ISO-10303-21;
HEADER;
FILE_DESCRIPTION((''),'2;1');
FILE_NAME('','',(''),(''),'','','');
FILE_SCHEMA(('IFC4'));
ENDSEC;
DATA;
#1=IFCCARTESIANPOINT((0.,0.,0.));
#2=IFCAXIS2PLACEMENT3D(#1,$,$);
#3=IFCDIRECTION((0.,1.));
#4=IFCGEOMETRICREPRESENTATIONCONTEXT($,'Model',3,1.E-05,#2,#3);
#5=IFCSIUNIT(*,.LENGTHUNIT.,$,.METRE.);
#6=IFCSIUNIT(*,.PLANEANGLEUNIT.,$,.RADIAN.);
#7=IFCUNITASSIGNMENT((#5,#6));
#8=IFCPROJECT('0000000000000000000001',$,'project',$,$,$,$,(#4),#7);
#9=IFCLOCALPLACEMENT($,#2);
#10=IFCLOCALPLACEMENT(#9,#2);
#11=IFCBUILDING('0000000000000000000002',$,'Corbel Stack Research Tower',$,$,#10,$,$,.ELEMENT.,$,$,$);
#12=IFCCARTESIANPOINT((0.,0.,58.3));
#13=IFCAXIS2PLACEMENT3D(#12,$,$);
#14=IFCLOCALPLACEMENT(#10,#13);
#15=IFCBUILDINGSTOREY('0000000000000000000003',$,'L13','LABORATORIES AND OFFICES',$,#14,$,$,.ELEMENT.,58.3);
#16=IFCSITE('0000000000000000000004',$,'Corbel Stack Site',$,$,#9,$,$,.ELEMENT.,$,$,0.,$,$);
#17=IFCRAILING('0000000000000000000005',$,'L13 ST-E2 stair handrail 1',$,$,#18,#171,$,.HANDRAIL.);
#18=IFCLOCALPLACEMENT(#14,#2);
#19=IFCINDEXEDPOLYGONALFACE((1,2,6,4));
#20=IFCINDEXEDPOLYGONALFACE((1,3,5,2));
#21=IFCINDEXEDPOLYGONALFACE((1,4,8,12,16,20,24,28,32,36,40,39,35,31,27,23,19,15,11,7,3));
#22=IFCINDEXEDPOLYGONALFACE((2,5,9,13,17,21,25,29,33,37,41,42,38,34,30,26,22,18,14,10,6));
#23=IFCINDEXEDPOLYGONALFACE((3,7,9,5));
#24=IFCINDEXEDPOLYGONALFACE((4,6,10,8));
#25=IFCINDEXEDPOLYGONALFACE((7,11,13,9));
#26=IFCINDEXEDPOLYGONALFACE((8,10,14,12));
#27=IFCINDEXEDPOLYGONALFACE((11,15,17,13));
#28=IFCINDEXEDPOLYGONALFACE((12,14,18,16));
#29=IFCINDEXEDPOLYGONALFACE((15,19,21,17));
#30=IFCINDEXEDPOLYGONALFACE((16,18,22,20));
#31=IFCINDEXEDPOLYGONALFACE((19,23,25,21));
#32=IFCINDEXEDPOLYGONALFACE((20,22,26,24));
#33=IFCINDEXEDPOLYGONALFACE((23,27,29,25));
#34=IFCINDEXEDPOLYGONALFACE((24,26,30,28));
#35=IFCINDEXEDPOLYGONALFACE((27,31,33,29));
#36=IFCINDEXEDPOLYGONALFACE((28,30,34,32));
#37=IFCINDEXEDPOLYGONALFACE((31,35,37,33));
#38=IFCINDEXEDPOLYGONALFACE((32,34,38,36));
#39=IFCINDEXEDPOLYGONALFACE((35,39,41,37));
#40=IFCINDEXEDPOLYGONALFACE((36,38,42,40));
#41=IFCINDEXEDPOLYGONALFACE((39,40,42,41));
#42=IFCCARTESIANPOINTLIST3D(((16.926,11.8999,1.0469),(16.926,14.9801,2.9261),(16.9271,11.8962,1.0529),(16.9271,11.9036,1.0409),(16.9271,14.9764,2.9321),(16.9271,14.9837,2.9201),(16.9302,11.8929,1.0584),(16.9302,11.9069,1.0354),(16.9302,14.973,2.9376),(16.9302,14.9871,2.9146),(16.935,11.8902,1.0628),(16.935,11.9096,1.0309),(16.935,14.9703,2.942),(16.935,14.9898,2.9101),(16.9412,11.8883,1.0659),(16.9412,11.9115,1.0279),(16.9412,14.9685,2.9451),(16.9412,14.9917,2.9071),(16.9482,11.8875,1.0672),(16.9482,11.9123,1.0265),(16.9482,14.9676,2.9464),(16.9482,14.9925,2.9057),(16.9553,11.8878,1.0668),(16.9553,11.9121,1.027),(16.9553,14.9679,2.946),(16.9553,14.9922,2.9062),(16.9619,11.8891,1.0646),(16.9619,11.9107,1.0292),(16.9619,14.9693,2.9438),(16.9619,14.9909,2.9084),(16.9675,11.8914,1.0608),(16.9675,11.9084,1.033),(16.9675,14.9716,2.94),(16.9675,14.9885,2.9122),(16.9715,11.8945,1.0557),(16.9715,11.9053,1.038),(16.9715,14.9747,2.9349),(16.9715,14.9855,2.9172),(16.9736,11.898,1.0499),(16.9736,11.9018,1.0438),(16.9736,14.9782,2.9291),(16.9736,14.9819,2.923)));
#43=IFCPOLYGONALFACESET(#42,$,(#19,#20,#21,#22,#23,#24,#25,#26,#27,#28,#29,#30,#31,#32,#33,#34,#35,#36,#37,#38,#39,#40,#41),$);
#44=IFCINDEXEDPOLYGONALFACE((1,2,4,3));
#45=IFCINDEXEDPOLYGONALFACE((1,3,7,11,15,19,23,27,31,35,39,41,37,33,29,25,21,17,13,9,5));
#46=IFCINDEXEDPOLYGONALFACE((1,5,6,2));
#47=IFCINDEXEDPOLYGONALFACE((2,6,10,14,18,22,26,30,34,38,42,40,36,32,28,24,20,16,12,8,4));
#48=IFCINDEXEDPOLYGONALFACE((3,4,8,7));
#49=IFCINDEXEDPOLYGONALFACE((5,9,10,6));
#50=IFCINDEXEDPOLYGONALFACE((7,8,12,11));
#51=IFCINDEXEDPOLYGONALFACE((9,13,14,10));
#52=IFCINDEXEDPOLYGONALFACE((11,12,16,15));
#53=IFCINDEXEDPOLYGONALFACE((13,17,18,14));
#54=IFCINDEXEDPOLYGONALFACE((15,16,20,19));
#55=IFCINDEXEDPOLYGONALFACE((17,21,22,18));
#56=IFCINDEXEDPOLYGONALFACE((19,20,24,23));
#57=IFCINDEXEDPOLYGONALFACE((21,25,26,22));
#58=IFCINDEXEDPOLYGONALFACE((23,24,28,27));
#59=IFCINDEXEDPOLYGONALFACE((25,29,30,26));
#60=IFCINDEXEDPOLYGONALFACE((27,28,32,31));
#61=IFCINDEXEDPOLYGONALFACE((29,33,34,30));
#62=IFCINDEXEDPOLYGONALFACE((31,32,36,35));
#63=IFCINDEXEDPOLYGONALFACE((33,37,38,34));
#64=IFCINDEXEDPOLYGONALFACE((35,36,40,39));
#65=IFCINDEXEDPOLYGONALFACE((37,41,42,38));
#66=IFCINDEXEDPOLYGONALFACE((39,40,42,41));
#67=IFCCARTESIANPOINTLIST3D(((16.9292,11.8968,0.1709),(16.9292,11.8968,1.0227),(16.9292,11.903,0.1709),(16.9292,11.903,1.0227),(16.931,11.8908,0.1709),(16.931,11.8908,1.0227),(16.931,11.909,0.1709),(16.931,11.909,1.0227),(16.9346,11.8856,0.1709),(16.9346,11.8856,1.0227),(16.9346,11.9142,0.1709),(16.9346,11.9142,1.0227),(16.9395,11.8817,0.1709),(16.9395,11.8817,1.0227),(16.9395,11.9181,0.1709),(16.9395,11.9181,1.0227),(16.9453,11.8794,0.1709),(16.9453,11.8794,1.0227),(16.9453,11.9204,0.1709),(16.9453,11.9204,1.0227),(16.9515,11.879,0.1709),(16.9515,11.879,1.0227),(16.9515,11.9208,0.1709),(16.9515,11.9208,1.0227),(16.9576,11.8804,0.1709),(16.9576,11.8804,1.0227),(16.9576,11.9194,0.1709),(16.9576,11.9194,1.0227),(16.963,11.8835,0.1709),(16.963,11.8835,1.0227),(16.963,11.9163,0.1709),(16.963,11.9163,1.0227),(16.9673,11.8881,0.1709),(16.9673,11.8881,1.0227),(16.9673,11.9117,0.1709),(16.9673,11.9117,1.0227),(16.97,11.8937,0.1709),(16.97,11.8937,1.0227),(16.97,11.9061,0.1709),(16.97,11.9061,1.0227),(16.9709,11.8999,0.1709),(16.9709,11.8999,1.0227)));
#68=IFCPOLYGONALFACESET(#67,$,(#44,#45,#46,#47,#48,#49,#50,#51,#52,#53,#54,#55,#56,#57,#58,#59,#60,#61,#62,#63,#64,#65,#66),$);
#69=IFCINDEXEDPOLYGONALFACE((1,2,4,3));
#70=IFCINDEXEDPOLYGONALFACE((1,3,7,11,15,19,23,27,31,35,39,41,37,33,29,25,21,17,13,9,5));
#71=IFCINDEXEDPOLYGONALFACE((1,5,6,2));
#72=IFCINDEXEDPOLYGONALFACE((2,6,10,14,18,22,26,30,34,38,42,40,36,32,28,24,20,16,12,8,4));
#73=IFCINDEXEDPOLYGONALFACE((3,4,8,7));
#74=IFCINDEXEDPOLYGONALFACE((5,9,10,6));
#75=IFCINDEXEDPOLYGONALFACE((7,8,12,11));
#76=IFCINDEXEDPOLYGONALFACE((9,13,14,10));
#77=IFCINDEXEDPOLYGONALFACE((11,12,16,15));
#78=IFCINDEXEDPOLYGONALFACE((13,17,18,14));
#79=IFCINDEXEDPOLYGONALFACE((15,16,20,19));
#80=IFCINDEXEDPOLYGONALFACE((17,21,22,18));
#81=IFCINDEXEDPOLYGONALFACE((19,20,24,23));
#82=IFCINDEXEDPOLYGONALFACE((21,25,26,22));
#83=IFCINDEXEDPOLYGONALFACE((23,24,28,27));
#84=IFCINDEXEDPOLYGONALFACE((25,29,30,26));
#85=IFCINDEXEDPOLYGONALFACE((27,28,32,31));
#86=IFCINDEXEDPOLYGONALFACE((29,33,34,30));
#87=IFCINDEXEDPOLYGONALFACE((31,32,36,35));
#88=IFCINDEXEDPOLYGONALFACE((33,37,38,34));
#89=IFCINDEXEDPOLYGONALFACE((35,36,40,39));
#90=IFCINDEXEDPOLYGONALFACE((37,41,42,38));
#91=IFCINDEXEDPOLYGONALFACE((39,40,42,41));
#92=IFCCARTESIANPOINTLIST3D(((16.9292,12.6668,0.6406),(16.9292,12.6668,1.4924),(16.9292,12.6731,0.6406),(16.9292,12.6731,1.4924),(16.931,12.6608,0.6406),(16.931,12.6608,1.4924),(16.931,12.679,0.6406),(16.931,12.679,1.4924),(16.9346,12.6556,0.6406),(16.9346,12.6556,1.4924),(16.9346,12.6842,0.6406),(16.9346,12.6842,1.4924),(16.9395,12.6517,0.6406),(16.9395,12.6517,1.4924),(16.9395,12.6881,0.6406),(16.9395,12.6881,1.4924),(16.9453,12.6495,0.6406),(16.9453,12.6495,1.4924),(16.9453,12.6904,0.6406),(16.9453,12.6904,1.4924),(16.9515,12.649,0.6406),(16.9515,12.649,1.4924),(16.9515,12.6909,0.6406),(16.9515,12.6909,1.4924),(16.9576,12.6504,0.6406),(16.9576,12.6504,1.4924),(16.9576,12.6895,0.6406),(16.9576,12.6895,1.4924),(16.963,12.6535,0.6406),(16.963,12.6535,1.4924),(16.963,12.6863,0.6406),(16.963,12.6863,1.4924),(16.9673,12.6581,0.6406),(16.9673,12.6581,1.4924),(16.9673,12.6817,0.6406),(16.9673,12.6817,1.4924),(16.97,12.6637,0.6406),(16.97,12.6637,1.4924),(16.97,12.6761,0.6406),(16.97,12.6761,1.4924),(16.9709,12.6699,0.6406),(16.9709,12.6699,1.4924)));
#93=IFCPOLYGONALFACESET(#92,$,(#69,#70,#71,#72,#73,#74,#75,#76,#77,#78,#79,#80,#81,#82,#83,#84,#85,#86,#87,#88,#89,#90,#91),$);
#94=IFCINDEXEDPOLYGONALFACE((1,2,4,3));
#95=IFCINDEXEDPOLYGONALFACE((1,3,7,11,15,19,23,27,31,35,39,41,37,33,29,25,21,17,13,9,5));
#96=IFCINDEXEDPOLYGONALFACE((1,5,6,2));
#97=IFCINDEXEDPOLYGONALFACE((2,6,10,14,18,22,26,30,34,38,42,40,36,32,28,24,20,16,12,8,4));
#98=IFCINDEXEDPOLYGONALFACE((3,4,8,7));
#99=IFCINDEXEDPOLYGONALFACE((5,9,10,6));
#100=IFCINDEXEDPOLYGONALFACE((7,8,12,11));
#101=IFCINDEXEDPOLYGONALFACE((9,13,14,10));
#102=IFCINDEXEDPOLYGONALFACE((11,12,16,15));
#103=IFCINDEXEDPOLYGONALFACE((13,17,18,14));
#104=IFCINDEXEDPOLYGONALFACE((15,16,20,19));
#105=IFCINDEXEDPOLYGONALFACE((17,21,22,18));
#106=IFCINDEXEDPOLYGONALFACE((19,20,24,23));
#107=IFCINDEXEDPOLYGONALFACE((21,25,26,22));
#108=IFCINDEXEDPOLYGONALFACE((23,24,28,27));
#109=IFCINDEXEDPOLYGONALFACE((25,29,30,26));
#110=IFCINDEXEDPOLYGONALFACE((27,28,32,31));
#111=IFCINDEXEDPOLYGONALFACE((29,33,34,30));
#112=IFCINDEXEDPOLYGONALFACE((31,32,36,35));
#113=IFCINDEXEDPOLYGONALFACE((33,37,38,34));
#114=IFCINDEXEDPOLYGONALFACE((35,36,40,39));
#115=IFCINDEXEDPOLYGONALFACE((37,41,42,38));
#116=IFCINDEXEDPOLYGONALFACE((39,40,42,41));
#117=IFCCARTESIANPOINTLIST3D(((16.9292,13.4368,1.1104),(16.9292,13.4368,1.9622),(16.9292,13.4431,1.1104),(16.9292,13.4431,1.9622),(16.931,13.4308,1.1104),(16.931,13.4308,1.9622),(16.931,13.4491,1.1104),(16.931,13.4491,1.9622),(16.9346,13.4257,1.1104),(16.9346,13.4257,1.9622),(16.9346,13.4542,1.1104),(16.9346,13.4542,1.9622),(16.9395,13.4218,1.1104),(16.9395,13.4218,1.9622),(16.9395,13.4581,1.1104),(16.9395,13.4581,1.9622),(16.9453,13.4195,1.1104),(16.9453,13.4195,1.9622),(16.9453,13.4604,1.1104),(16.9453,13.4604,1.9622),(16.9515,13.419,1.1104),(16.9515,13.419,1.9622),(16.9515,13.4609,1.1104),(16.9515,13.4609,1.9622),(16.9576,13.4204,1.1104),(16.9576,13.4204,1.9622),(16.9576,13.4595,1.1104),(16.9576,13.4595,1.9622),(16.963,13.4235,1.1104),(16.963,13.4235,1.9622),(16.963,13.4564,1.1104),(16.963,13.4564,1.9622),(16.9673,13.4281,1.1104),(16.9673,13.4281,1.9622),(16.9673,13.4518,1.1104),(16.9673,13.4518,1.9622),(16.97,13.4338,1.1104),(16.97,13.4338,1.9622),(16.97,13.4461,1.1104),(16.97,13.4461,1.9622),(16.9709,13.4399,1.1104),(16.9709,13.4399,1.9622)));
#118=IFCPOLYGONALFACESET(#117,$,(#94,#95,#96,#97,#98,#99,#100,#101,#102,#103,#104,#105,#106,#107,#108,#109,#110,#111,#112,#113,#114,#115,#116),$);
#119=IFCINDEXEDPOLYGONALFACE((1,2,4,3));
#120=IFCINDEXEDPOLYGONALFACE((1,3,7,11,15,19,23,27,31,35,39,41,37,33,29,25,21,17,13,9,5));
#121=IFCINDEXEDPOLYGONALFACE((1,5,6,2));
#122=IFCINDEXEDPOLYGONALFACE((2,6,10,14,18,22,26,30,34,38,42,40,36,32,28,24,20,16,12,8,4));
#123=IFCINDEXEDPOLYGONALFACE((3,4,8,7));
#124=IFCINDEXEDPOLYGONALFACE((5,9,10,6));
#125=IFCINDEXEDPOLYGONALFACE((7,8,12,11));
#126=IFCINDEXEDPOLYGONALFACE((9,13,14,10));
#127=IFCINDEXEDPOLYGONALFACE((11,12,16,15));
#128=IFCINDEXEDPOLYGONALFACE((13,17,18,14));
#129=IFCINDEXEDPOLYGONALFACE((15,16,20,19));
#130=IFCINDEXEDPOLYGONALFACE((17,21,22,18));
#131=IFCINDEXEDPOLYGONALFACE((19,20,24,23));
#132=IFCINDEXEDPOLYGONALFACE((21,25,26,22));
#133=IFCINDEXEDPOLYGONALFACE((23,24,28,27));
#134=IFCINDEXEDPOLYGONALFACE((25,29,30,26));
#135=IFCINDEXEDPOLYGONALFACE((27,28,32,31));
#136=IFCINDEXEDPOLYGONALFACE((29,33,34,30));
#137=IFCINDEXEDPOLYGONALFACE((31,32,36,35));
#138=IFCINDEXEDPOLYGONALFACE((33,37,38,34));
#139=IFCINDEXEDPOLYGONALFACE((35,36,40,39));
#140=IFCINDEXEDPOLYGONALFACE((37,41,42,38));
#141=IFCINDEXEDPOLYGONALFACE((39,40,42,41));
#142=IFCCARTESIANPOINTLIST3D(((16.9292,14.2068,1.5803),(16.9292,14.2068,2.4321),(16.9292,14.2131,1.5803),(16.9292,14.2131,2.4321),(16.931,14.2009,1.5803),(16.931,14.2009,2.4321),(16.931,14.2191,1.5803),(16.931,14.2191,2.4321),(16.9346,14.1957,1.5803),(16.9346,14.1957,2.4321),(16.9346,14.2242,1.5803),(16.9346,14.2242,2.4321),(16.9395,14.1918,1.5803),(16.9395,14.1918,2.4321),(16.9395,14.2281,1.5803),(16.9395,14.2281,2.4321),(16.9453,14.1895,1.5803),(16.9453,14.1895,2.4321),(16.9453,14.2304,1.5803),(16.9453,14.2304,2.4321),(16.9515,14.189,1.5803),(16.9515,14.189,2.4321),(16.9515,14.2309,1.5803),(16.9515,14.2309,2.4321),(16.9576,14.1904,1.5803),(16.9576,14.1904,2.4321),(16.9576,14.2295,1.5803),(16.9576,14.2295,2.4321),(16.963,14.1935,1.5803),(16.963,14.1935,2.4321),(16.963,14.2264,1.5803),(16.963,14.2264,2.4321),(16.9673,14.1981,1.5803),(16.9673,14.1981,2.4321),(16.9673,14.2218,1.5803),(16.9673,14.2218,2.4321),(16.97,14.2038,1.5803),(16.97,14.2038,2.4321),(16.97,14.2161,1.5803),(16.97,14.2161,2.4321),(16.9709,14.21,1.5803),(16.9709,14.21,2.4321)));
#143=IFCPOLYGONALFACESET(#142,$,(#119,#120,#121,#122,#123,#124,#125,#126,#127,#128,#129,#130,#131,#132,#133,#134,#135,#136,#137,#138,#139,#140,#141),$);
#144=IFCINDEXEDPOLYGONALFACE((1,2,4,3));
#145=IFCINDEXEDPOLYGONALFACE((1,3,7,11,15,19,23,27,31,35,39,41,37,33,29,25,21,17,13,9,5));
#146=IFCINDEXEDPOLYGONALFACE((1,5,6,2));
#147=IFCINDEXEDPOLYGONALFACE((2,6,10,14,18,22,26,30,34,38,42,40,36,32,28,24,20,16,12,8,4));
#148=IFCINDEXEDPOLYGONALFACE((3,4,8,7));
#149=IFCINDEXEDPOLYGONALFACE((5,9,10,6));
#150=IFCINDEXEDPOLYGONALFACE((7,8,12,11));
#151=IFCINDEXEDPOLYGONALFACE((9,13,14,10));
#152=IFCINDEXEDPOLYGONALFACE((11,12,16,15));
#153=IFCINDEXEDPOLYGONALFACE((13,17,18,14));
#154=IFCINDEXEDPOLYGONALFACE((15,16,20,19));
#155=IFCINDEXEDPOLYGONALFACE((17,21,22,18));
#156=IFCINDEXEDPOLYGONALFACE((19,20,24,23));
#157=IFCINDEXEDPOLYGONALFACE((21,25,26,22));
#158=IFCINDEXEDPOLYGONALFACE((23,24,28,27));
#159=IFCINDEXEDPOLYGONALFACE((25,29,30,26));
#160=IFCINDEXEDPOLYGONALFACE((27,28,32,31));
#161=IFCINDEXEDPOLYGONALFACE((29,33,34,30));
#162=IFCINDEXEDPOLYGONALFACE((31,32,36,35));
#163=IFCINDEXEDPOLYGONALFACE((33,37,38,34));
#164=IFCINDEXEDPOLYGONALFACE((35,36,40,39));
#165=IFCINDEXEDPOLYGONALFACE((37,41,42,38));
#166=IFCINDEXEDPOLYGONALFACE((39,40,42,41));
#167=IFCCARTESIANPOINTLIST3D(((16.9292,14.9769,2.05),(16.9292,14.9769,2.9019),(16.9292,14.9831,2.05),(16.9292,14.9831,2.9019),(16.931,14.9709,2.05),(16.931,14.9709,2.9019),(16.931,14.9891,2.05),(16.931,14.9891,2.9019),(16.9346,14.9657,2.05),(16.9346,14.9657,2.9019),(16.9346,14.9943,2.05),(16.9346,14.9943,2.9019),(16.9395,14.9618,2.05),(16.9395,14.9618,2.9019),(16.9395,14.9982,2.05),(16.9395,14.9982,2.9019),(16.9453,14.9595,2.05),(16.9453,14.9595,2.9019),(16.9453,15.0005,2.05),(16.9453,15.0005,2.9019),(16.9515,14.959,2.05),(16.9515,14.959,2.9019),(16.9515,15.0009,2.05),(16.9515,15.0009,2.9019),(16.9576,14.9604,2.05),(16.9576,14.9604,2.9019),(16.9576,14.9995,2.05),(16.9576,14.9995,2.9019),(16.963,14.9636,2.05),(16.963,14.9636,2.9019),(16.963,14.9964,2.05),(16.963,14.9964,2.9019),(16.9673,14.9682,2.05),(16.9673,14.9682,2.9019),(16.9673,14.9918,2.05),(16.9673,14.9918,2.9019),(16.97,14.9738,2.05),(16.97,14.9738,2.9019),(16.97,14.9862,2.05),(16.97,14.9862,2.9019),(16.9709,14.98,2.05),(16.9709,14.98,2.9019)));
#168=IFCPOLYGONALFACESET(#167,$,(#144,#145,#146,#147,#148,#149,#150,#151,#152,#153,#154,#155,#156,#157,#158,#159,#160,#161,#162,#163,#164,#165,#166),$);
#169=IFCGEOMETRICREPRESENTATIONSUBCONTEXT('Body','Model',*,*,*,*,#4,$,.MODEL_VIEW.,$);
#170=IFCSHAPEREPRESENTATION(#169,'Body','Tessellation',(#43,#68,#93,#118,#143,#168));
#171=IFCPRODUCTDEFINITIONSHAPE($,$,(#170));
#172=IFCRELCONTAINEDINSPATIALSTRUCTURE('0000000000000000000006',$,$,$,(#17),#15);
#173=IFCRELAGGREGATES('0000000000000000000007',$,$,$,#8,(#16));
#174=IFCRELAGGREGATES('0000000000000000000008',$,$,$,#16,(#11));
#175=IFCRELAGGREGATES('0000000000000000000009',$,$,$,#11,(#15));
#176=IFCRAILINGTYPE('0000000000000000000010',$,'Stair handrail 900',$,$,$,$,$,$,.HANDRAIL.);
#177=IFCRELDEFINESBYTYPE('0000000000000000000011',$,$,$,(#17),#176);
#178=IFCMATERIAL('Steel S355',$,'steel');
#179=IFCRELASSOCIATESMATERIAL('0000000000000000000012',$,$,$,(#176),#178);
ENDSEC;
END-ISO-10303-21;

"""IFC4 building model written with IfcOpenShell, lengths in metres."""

from ifc_helpers import new_model, si_unit, direction, frame, origin, origin_2d, place, context, subcontext, project, spatial, circle, extrude, material, type_object, element, save


model = new_model("IFC4")

# Units and contexts
model_context = context("Model", 3, precision=1e-05, world=origin(), true_north=direction((0.0, 1.0)))
body_context = subcontext(model_context, "Body", "Model", "MODEL_VIEW")
ifc_project = project(units=[si_unit("LENGTHUNIT", "METRE"), si_unit("PLANEANGLEUNIT", "RADIAN")], contexts=[model_context])

# Site, building, storey
site_placement = place(None, origin())
site = spatial("IfcSite", under=ifc_project, at=site_placement, Name="Corbel Stack Site", CompositionType="ELEMENT", RefElevation=0.0)
building_placement = place(site_placement, origin())
building = spatial("IfcBuilding", under=site, at=building_placement, Name="Corbel Stack Research Tower", CompositionType="ELEMENT")
storey_placement = place(building_placement, frame((0.0, 0.0, 58.3)))
storey = spatial("IfcBuildingStorey", under=building, at=storey_placement, Name="L13", Description="LABORATORIES AND OFFICES", CompositionType="ELEMENT", Elevation=58.3)

# Railing
ifc_material_1 = material(Name="Steel S355", Category="steel")
railing_type_1 = type_object("IfcRailingType", Name="Stair handrail 900", PredefinedType="HANDRAIL", material=ifc_material_1)
railing_1_placement = place(storey_placement, frame((16.95, 11.8999, 0.1709)))
element("IfcRailing", 1, at=railing_1_placement, inside=storey, type_object=railing_type_1, Name="L13 ST-E2 stair handrail 1", PredefinedType="HANDRAIL", context=body_context, shape_type="SweptSolid", body=[
    extrude(circle(Radius=0.0239, at=origin_2d()), frame((0.0, 0.0, 0.876), z_axis=(0.0, 0.853666, 0.52082), x_axis=(-1.0, 0.0, 0.0)), (0.0, 0.0, 1.0), 3.6082),
    extrude(circle(Radius=0.021, at=origin_2d()), origin(), (0.0, 0.0, 1.0), 0.8518),
    extrude(circle(Radius=0.021, at=origin_2d()), frame((0.0, 0.77, 0.4697)), (0.0, 0.0, 1.0), 0.8518),
    extrude(circle(Radius=0.021, at=origin_2d()), frame((0.0, 1.54, 0.9395)), (0.0, 0.0, 1.0), 0.8518),
    extrude(circle(Radius=0.021, at=origin_2d()), frame((0.0, 2.3101, 1.4094)), (0.0, 0.0, 1.0), 0.8518),
    extrude(circle(Radius=0.021, at=origin_2d()), frame((0.0, 3.0801, 1.8792)), (0.0, 0.0, 1.0), 0.8518),
])

save(model, "model.ifc")
